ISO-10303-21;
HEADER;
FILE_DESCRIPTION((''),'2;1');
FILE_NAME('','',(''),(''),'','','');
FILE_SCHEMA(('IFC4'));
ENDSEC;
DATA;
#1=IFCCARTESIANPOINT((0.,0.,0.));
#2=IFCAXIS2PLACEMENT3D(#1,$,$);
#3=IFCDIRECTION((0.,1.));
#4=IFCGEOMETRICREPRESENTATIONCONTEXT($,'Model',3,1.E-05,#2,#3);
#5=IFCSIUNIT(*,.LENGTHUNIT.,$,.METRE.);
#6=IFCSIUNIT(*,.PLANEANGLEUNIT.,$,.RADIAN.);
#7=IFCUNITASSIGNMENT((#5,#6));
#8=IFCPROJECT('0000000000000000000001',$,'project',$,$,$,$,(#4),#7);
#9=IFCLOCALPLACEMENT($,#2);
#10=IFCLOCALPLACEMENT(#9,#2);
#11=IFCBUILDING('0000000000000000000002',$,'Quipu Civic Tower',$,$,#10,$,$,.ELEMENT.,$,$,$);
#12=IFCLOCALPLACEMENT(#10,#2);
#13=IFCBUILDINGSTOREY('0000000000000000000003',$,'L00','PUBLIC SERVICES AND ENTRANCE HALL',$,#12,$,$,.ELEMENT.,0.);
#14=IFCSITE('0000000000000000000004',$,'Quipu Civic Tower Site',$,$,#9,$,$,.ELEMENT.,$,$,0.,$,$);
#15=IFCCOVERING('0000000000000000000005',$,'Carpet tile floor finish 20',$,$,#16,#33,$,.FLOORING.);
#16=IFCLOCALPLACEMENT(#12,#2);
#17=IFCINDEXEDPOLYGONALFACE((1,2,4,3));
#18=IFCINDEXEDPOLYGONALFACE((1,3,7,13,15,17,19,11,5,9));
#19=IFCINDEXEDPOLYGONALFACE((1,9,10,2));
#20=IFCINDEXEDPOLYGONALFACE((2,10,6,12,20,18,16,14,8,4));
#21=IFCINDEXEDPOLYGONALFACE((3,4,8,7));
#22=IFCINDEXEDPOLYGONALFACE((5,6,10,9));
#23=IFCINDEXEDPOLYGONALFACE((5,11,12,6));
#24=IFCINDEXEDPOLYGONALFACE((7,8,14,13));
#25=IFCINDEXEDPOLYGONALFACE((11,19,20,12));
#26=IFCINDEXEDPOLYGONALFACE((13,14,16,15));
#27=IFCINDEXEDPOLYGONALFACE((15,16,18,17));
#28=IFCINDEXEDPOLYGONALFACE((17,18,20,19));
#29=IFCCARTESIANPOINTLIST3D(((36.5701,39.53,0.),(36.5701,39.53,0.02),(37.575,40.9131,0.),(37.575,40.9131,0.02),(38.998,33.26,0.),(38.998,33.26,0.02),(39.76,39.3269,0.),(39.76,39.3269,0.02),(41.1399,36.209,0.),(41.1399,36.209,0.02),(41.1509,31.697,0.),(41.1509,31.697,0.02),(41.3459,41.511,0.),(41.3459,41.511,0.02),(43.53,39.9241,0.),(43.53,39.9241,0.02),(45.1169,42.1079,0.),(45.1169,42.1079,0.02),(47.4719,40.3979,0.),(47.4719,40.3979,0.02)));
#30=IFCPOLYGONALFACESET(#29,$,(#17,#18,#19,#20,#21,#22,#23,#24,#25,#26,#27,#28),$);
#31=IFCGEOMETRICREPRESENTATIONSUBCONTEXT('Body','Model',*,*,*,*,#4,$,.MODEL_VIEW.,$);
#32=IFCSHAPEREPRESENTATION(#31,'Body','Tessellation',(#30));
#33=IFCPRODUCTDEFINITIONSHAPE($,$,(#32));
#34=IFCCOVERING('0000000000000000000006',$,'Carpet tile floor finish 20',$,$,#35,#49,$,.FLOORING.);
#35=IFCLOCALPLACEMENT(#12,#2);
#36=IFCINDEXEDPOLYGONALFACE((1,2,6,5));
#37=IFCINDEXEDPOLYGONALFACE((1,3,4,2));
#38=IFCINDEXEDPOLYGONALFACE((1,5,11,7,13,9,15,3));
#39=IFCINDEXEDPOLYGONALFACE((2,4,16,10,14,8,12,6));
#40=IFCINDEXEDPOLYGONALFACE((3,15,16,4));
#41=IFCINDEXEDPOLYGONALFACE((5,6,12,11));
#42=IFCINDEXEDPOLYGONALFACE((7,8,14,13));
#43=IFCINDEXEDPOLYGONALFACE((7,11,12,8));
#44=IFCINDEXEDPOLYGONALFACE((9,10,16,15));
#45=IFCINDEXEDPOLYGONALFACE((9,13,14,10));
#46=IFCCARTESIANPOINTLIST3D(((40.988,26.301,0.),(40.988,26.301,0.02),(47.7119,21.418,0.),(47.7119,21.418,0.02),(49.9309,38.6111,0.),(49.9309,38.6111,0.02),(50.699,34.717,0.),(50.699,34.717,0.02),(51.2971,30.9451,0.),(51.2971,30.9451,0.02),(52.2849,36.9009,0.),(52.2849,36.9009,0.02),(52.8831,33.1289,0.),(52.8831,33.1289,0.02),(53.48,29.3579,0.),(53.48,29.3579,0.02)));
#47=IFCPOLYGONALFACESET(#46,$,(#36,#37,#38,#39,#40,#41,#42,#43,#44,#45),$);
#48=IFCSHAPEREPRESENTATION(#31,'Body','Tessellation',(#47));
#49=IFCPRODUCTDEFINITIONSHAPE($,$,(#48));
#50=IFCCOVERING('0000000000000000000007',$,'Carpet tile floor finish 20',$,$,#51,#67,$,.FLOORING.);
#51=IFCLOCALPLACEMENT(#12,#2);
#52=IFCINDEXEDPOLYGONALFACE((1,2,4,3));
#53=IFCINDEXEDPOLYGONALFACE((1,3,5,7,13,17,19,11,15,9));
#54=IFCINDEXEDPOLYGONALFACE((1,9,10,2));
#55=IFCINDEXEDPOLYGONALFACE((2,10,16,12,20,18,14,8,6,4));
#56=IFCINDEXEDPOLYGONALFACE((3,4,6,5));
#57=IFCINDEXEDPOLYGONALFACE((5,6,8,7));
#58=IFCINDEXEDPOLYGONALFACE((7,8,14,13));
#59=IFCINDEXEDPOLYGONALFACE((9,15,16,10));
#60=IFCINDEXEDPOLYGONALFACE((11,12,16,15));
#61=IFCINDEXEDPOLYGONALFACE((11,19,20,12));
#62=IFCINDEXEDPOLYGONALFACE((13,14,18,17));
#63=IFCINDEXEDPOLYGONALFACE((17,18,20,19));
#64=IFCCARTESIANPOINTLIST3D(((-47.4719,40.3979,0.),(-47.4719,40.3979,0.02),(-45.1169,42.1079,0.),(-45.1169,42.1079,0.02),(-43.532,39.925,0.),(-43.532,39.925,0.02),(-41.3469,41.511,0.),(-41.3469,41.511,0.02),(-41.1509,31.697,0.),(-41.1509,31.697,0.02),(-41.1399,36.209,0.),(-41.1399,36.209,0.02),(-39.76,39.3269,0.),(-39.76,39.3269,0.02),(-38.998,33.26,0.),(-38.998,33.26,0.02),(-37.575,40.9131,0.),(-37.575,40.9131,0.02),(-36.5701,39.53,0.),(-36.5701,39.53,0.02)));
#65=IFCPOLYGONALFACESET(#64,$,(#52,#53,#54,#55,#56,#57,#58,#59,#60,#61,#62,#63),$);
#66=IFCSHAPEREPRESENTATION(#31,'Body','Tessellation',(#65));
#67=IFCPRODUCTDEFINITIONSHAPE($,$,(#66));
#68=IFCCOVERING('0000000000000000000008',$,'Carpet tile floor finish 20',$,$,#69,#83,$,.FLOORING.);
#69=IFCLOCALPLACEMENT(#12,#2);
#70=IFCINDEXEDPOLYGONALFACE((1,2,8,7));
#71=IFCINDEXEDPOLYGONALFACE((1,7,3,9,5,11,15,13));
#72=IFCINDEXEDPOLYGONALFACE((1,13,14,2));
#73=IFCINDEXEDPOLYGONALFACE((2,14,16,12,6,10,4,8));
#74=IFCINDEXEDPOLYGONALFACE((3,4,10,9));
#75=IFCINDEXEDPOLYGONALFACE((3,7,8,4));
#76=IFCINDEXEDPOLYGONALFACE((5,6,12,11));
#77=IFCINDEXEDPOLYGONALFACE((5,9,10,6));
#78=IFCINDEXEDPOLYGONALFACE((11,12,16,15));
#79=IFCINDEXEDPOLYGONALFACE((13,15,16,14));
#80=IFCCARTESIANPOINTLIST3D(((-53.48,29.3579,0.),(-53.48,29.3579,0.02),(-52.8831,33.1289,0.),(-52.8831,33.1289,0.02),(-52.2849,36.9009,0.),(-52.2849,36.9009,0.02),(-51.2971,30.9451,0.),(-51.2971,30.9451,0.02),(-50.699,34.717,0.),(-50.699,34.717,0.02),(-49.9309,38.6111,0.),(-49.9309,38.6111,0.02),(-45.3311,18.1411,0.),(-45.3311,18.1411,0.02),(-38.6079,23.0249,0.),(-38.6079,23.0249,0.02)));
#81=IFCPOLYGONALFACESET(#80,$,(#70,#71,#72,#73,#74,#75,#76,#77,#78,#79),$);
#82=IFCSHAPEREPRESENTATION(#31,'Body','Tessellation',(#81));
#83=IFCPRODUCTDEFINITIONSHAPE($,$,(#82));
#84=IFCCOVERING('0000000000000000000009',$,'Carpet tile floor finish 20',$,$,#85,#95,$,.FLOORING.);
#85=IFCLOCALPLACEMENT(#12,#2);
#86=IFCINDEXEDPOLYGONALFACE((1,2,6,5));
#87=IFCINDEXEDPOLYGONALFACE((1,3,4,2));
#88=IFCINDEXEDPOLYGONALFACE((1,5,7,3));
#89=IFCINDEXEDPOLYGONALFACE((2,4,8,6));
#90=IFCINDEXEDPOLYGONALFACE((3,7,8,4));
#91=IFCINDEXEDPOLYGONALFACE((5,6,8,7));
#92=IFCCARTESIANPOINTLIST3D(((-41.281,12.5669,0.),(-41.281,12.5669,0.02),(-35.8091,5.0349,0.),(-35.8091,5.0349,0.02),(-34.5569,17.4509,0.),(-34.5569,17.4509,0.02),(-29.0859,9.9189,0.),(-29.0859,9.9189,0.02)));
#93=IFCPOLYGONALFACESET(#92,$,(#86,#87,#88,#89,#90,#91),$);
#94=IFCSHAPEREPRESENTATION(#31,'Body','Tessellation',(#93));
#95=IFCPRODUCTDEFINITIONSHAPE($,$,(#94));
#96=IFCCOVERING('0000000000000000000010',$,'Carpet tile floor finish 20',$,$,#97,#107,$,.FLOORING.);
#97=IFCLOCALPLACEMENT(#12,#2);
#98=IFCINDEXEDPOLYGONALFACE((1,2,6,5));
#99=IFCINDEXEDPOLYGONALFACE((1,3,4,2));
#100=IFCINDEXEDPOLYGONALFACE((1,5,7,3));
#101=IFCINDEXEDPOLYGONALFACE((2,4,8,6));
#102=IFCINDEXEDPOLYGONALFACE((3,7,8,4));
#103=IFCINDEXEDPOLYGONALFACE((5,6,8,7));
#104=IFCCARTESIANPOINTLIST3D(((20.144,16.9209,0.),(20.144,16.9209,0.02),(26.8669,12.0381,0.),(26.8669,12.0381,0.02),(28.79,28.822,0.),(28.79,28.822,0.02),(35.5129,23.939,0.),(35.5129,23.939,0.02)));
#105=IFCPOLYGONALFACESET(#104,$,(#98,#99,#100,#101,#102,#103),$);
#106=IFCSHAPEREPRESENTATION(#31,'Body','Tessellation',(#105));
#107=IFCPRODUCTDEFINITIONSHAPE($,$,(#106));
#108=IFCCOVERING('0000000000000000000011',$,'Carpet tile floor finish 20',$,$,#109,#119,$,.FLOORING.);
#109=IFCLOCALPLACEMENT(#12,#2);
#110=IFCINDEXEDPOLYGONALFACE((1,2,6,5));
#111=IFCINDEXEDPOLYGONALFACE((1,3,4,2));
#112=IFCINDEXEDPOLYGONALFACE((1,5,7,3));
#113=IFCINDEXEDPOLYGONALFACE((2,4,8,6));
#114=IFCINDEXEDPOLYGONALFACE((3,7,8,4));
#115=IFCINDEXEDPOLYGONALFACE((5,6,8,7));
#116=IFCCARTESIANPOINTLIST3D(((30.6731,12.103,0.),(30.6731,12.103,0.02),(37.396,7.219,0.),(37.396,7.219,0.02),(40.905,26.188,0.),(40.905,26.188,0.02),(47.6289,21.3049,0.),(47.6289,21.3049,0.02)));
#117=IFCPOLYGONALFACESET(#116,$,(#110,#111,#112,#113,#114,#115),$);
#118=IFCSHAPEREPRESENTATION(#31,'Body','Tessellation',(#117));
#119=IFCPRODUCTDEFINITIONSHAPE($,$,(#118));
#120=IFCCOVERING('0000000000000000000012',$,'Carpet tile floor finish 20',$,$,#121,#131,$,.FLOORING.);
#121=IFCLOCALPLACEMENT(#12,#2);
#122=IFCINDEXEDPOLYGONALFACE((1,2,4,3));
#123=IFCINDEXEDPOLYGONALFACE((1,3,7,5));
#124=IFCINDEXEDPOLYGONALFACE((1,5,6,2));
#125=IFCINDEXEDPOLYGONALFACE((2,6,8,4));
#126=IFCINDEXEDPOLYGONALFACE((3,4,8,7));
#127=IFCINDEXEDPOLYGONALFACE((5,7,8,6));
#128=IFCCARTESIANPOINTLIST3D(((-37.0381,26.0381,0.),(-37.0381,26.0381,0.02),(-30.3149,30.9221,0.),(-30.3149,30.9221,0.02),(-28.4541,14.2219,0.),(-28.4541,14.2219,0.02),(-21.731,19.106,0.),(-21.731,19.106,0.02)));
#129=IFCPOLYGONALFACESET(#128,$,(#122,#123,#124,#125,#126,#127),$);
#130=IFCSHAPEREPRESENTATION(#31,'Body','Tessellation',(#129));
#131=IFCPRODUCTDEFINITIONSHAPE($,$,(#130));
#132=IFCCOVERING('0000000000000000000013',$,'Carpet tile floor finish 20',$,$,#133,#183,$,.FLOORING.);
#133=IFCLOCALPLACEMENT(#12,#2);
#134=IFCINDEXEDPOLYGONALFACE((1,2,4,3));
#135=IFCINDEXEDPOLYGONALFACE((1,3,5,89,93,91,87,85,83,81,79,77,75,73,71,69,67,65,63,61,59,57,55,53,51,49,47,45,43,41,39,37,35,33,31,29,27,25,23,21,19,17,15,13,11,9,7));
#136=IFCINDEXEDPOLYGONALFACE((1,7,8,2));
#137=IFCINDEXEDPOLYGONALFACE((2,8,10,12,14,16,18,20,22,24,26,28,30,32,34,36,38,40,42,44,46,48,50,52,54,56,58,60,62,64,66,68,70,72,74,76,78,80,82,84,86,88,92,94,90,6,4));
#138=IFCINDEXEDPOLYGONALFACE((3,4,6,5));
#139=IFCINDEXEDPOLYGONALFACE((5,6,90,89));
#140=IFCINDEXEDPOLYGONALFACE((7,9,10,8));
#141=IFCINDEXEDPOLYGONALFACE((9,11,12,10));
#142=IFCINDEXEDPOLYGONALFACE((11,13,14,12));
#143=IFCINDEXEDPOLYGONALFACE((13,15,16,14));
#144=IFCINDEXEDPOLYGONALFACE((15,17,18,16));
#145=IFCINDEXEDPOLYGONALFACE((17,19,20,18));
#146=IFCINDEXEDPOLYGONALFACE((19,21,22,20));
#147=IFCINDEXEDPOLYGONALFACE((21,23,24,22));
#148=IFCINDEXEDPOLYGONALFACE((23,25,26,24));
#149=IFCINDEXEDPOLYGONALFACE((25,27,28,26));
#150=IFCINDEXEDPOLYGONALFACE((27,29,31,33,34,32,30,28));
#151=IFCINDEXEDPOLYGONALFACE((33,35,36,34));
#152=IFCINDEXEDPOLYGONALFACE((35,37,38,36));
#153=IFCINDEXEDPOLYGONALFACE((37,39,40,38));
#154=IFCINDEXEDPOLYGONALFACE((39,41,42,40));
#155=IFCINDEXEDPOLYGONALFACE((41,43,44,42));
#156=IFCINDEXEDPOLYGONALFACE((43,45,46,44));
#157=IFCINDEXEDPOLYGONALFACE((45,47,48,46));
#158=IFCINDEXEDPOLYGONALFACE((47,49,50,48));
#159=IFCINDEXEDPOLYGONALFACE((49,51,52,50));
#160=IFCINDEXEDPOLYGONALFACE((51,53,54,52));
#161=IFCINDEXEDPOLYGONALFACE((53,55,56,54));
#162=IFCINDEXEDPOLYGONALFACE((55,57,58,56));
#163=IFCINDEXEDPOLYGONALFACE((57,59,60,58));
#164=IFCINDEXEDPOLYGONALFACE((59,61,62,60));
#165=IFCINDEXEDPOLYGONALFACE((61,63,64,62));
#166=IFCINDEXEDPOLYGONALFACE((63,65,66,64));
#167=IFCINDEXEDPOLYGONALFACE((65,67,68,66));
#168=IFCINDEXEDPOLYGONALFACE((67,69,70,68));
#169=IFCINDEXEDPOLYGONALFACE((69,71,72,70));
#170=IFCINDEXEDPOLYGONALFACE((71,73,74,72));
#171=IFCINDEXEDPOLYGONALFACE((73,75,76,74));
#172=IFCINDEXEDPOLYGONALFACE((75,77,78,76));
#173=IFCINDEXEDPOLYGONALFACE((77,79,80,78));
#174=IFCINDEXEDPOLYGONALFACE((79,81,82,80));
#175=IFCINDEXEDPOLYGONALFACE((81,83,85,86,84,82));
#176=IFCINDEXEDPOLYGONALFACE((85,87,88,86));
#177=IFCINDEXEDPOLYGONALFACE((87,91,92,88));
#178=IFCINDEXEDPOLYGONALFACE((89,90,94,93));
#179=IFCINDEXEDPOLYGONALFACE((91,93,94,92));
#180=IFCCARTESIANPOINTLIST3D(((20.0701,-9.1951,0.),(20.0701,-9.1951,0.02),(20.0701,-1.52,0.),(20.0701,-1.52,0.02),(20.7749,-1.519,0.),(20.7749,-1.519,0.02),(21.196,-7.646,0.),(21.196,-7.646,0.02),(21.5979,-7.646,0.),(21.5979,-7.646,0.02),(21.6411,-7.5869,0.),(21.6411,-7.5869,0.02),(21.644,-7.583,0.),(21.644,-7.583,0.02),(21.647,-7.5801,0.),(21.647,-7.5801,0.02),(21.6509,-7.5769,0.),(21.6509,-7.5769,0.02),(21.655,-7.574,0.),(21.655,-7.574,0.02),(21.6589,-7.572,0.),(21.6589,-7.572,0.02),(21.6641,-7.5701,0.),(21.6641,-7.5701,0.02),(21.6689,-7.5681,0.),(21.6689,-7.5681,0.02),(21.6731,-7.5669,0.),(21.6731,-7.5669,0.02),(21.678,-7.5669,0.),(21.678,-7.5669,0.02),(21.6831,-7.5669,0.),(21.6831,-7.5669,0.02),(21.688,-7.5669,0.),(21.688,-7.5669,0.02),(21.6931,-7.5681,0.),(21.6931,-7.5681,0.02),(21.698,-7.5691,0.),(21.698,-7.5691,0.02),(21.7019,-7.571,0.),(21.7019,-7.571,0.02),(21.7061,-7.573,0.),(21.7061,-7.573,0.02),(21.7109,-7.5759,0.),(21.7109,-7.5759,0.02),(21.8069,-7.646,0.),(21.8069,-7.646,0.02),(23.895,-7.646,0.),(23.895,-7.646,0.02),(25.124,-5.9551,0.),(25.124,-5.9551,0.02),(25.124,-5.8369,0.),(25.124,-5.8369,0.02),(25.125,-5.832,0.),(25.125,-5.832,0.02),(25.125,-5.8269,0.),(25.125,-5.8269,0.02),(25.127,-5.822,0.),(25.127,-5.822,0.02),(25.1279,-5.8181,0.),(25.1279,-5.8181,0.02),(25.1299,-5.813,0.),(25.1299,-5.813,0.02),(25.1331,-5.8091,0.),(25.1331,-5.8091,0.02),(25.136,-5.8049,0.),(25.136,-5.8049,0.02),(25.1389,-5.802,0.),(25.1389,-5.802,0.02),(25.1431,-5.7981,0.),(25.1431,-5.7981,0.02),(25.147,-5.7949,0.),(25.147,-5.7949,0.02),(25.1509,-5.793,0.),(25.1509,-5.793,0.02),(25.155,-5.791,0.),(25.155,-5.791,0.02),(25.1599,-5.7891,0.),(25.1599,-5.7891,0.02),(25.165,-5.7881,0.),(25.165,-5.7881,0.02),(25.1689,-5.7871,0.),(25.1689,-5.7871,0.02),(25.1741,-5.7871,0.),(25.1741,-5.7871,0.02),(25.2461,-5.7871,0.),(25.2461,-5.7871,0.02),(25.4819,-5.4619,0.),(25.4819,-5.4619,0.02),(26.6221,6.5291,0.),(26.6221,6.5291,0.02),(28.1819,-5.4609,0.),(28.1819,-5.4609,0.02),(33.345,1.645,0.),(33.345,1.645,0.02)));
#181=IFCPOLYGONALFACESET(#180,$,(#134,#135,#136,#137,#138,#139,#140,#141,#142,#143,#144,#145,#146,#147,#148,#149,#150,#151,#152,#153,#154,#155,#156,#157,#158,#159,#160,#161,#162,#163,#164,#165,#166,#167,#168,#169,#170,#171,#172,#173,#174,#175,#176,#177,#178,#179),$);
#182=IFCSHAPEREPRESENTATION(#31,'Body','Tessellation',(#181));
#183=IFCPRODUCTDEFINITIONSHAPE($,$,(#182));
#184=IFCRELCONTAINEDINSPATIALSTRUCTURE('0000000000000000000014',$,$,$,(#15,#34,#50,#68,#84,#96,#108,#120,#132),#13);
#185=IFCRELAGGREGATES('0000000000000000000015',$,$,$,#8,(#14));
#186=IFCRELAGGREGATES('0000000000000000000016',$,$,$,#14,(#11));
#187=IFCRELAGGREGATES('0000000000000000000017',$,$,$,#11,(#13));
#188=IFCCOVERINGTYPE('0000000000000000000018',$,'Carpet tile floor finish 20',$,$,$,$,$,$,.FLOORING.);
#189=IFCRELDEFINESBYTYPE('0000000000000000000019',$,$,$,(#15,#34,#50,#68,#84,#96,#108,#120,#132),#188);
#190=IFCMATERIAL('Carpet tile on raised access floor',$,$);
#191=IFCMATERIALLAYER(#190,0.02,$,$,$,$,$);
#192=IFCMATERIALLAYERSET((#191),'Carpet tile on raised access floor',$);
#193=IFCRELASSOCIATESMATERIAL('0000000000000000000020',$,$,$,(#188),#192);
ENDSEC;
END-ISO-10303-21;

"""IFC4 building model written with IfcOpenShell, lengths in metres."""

from ifc_helpers import new_model, si_unit, direction, origin, place, context, subcontext, project, spatial, polyline, outline, extrude, material, layer, layer_set, type_object, element, save


model = new_model("IFC4")

# Units and contexts
model_context = context("Model", 3, precision=1e-05, world=origin(), true_north=direction((0.0, 1.0)))
body_context = subcontext(model_context, "Body", "Model", "MODEL_VIEW")
ifc_project = project(units=[si_unit("LENGTHUNIT", "METRE"), si_unit("PLANEANGLEUNIT", "RADIAN")], contexts=[model_context])

# Site, building, storey
site_placement = place(None, origin())
site = spatial("IfcSite", under=ifc_project, at=site_placement, Name="Quipu Civic Tower Site", CompositionType="ELEMENT", RefElevation=0.0)
building_placement = place(site_placement, origin())
building = spatial("IfcBuilding", under=site, at=building_placement, Name="Quipu Civic Tower", CompositionType="ELEMENT")
storey_placement = place(building_placement, origin())
storey = spatial("IfcBuildingStorey", under=building, at=storey_placement, Name="L00", Description="PUBLIC SERVICES AND ENTRANCE HALL", CompositionType="ELEMENT", Elevation=0.0)

# Coverings
ifc_material_1 = material(Name="Carpet tile on raised access floor")
ifc_layer_1 = layer(ifc_material_1, 0.02)
ifc_layer_set_1 = layer_set([ifc_layer_1], Name="Carpet tile on raised access floor")
covering_type_1 = type_object("IfcCoveringType", Name="Carpet tile floor finish 20", PredefinedType="FLOORING", material=ifc_layer_set_1)
covering_1_placement = place(storey_placement, origin())
element("IfcCovering", 1, at=covering_1_placement, inside=storey, type_object=covering_type_1, Name="Carpet tile floor finish 20", PredefinedType="FLOORING", context=body_context, shape_type="SweptSolid", body=[
    extrude(outline(polyline([(36.5701, 39.53), (37.575, 40.9131), (39.76, 39.3269), (41.3459, 41.511), (43.53, 39.9241), (45.1169, 42.1079), (47.4719, 40.3979), (41.1509, 31.697), (38.998, 33.26), (41.1399, 36.209), (36.5701, 39.53)])), origin(), (0.0, 0.0, 1.0), 0.02),
])
covering_2_placement = place(storey_placement, origin())
element("IfcCovering", 2, at=covering_2_placement, inside=storey, type_object=covering_type_1, Name="Carpet tile floor finish 20", PredefinedType="FLOORING", context=body_context, shape_type="SweptSolid", body=[
    extrude(outline(polyline([(40.988, 26.301), (49.9309, 38.6111), (52.2849, 36.9009), (50.699, 34.717), (52.8831, 33.1289), (51.2971, 30.9451), (53.48, 29.3579), (47.7119, 21.418), (40.988, 26.301)])), origin(), (0.0, 0.0, 1.0), 0.02),
])
covering_3_placement = place(storey_placement, origin())
element("IfcCovering", 3, at=covering_3_placement, inside=storey, type_object=covering_type_1, Name="Carpet tile floor finish 20", PredefinedType="FLOORING", context=body_context, shape_type="SweptSolid", body=[
    extrude(outline(polyline([(-47.4719, 40.3979), (-45.1169, 42.1079), (-43.532, 39.925), (-41.3469, 41.511), (-39.76, 39.3269), (-37.575, 40.9131), (-36.5701, 39.53), (-41.1399, 36.209), (-38.998, 33.26), (-41.1509, 31.697), (-47.4719, 40.3979)])), origin(), (0.0, 0.0, 1.0), 0.02),
])
covering_4_placement = place(storey_placement, origin())
element("IfcCovering", 4, at=covering_4_placement, inside=storey, type_object=covering_type_1, Name="Carpet tile floor finish 20", PredefinedType="FLOORING", context=body_context, shape_type="SweptSolid", body=[
    extrude(outline(polyline([(-53.48, 29.3579), (-51.2971, 30.9451), (-52.8831, 33.1289), (-50.699, 34.717), (-52.2849, 36.9009), (-49.9309, 38.6111), (-38.6079, 23.0249), (-45.3311, 18.1411), (-53.48, 29.3579)])), origin(), (0.0, 0.0, 1.0), 0.02),
])
covering_5_placement = place(storey_placement, origin())
element("IfcCovering", 5, at=covering_5_placement, inside=storey, type_object=covering_type_1, Name="Carpet tile floor finish 20", PredefinedType="FLOORING", context=body_context, shape_type="SweptSolid", body=[
    extrude(outline(polyline([(-41.281, 12.5669), (-34.5569, 17.4509), (-29.0859, 9.9189), (-35.8091, 5.0349), (-41.281, 12.5669)])), origin(), (0.0, 0.0, 1.0), 0.02),
])
covering_6_placement = place(storey_placement, origin())
element("IfcCovering", 6, at=covering_6_placement, inside=storey, type_object=covering_type_1, Name="Carpet tile floor finish 20", PredefinedType="FLOORING", context=body_context, shape_type="SweptSolid", body=[
    extrude(outline(polyline([(20.144, 16.9209), (28.79, 28.822), (35.5129, 23.939), (26.8669, 12.0381), (20.144, 16.9209)])), origin(), (0.0, 0.0, 1.0), 0.02),
])
covering_7_placement = place(storey_placement, origin())
element("IfcCovering", 7, at=covering_7_placement, inside=storey, type_object=covering_type_1, Name="Carpet tile floor finish 20", PredefinedType="FLOORING", context=body_context, shape_type="SweptSolid", body=[
    extrude(outline(polyline([(30.6731, 12.103), (40.905, 26.188), (47.6289, 21.3049), (37.396, 7.219), (30.6731, 12.103)])), origin(), (0.0, 0.0, 1.0), 0.02),
])
covering_8_placement = place(storey_placement, origin())
element("IfcCovering", 8, at=covering_8_placement, inside=storey, type_object=covering_type_1, Name="Carpet tile floor finish 20", PredefinedType="FLOORING", context=body_context, shape_type="SweptSolid", body=[
    extrude(outline(polyline([(-37.0381, 26.0381), (-30.3149, 30.9221), (-21.731, 19.106), (-28.4541, 14.2219), (-37.0381, 26.0381)])), origin(), (0.0, 0.0, 1.0), 0.02),
])
covering_9_placement = place(storey_placement, origin())
element("IfcCovering", 9, at=covering_9_placement, inside=storey, type_object=covering_type_1, Name="Carpet tile floor finish 20", PredefinedType="FLOORING", context=body_context, shape_type="SweptSolid", body=[
    extrude(outline(polyline([(20.0701, -9.1951), (20.0701, -1.52), (20.7749, -1.519), (26.6221, 6.5291), (33.345, 1.645), (28.1819, -5.4609), (25.4819, -5.4619), (25.2461, -5.7871), (25.1741, -5.7871), (25.1689, -5.7871), (25.165, -5.7881), (25.1599, -5.7891), (25.155, -5.791), (25.1509, -5.793), (25.147, -5.7949), (25.1431, -5.7981), (25.1389, -5.802), (25.136, -5.8049), (25.1331, -5.8091), (25.1299, -5.813), (25.1279, -5.8181), (25.127, -5.822), (25.125, -5.8269), (25.125, -5.832), (25.124, -5.8369), (25.124, -5.9551), (23.895, -7.646), (21.8069, -7.646), (21.7109, -7.5759), (21.7061, -7.573), (21.7019, -7.571), (21.698, -7.5691), (21.6931, -7.5681), (21.688, -7.5669), (21.6831, -7.5669), (21.678, -7.5669), (21.6731, -7.5669), (21.6689, -7.5681), (21.6641, -7.5701), (21.6589, -7.572), (21.655, -7.574), (21.6509, -7.5769), (21.647, -7.5801), (21.644, -7.583), (21.6411, -7.5869), (21.5979, -7.646), (21.196, -7.646), (20.0701, -9.1951)])), origin(), (0.0, 0.0, 1.0), 0.02),
])

save(model, "model.ifc")
